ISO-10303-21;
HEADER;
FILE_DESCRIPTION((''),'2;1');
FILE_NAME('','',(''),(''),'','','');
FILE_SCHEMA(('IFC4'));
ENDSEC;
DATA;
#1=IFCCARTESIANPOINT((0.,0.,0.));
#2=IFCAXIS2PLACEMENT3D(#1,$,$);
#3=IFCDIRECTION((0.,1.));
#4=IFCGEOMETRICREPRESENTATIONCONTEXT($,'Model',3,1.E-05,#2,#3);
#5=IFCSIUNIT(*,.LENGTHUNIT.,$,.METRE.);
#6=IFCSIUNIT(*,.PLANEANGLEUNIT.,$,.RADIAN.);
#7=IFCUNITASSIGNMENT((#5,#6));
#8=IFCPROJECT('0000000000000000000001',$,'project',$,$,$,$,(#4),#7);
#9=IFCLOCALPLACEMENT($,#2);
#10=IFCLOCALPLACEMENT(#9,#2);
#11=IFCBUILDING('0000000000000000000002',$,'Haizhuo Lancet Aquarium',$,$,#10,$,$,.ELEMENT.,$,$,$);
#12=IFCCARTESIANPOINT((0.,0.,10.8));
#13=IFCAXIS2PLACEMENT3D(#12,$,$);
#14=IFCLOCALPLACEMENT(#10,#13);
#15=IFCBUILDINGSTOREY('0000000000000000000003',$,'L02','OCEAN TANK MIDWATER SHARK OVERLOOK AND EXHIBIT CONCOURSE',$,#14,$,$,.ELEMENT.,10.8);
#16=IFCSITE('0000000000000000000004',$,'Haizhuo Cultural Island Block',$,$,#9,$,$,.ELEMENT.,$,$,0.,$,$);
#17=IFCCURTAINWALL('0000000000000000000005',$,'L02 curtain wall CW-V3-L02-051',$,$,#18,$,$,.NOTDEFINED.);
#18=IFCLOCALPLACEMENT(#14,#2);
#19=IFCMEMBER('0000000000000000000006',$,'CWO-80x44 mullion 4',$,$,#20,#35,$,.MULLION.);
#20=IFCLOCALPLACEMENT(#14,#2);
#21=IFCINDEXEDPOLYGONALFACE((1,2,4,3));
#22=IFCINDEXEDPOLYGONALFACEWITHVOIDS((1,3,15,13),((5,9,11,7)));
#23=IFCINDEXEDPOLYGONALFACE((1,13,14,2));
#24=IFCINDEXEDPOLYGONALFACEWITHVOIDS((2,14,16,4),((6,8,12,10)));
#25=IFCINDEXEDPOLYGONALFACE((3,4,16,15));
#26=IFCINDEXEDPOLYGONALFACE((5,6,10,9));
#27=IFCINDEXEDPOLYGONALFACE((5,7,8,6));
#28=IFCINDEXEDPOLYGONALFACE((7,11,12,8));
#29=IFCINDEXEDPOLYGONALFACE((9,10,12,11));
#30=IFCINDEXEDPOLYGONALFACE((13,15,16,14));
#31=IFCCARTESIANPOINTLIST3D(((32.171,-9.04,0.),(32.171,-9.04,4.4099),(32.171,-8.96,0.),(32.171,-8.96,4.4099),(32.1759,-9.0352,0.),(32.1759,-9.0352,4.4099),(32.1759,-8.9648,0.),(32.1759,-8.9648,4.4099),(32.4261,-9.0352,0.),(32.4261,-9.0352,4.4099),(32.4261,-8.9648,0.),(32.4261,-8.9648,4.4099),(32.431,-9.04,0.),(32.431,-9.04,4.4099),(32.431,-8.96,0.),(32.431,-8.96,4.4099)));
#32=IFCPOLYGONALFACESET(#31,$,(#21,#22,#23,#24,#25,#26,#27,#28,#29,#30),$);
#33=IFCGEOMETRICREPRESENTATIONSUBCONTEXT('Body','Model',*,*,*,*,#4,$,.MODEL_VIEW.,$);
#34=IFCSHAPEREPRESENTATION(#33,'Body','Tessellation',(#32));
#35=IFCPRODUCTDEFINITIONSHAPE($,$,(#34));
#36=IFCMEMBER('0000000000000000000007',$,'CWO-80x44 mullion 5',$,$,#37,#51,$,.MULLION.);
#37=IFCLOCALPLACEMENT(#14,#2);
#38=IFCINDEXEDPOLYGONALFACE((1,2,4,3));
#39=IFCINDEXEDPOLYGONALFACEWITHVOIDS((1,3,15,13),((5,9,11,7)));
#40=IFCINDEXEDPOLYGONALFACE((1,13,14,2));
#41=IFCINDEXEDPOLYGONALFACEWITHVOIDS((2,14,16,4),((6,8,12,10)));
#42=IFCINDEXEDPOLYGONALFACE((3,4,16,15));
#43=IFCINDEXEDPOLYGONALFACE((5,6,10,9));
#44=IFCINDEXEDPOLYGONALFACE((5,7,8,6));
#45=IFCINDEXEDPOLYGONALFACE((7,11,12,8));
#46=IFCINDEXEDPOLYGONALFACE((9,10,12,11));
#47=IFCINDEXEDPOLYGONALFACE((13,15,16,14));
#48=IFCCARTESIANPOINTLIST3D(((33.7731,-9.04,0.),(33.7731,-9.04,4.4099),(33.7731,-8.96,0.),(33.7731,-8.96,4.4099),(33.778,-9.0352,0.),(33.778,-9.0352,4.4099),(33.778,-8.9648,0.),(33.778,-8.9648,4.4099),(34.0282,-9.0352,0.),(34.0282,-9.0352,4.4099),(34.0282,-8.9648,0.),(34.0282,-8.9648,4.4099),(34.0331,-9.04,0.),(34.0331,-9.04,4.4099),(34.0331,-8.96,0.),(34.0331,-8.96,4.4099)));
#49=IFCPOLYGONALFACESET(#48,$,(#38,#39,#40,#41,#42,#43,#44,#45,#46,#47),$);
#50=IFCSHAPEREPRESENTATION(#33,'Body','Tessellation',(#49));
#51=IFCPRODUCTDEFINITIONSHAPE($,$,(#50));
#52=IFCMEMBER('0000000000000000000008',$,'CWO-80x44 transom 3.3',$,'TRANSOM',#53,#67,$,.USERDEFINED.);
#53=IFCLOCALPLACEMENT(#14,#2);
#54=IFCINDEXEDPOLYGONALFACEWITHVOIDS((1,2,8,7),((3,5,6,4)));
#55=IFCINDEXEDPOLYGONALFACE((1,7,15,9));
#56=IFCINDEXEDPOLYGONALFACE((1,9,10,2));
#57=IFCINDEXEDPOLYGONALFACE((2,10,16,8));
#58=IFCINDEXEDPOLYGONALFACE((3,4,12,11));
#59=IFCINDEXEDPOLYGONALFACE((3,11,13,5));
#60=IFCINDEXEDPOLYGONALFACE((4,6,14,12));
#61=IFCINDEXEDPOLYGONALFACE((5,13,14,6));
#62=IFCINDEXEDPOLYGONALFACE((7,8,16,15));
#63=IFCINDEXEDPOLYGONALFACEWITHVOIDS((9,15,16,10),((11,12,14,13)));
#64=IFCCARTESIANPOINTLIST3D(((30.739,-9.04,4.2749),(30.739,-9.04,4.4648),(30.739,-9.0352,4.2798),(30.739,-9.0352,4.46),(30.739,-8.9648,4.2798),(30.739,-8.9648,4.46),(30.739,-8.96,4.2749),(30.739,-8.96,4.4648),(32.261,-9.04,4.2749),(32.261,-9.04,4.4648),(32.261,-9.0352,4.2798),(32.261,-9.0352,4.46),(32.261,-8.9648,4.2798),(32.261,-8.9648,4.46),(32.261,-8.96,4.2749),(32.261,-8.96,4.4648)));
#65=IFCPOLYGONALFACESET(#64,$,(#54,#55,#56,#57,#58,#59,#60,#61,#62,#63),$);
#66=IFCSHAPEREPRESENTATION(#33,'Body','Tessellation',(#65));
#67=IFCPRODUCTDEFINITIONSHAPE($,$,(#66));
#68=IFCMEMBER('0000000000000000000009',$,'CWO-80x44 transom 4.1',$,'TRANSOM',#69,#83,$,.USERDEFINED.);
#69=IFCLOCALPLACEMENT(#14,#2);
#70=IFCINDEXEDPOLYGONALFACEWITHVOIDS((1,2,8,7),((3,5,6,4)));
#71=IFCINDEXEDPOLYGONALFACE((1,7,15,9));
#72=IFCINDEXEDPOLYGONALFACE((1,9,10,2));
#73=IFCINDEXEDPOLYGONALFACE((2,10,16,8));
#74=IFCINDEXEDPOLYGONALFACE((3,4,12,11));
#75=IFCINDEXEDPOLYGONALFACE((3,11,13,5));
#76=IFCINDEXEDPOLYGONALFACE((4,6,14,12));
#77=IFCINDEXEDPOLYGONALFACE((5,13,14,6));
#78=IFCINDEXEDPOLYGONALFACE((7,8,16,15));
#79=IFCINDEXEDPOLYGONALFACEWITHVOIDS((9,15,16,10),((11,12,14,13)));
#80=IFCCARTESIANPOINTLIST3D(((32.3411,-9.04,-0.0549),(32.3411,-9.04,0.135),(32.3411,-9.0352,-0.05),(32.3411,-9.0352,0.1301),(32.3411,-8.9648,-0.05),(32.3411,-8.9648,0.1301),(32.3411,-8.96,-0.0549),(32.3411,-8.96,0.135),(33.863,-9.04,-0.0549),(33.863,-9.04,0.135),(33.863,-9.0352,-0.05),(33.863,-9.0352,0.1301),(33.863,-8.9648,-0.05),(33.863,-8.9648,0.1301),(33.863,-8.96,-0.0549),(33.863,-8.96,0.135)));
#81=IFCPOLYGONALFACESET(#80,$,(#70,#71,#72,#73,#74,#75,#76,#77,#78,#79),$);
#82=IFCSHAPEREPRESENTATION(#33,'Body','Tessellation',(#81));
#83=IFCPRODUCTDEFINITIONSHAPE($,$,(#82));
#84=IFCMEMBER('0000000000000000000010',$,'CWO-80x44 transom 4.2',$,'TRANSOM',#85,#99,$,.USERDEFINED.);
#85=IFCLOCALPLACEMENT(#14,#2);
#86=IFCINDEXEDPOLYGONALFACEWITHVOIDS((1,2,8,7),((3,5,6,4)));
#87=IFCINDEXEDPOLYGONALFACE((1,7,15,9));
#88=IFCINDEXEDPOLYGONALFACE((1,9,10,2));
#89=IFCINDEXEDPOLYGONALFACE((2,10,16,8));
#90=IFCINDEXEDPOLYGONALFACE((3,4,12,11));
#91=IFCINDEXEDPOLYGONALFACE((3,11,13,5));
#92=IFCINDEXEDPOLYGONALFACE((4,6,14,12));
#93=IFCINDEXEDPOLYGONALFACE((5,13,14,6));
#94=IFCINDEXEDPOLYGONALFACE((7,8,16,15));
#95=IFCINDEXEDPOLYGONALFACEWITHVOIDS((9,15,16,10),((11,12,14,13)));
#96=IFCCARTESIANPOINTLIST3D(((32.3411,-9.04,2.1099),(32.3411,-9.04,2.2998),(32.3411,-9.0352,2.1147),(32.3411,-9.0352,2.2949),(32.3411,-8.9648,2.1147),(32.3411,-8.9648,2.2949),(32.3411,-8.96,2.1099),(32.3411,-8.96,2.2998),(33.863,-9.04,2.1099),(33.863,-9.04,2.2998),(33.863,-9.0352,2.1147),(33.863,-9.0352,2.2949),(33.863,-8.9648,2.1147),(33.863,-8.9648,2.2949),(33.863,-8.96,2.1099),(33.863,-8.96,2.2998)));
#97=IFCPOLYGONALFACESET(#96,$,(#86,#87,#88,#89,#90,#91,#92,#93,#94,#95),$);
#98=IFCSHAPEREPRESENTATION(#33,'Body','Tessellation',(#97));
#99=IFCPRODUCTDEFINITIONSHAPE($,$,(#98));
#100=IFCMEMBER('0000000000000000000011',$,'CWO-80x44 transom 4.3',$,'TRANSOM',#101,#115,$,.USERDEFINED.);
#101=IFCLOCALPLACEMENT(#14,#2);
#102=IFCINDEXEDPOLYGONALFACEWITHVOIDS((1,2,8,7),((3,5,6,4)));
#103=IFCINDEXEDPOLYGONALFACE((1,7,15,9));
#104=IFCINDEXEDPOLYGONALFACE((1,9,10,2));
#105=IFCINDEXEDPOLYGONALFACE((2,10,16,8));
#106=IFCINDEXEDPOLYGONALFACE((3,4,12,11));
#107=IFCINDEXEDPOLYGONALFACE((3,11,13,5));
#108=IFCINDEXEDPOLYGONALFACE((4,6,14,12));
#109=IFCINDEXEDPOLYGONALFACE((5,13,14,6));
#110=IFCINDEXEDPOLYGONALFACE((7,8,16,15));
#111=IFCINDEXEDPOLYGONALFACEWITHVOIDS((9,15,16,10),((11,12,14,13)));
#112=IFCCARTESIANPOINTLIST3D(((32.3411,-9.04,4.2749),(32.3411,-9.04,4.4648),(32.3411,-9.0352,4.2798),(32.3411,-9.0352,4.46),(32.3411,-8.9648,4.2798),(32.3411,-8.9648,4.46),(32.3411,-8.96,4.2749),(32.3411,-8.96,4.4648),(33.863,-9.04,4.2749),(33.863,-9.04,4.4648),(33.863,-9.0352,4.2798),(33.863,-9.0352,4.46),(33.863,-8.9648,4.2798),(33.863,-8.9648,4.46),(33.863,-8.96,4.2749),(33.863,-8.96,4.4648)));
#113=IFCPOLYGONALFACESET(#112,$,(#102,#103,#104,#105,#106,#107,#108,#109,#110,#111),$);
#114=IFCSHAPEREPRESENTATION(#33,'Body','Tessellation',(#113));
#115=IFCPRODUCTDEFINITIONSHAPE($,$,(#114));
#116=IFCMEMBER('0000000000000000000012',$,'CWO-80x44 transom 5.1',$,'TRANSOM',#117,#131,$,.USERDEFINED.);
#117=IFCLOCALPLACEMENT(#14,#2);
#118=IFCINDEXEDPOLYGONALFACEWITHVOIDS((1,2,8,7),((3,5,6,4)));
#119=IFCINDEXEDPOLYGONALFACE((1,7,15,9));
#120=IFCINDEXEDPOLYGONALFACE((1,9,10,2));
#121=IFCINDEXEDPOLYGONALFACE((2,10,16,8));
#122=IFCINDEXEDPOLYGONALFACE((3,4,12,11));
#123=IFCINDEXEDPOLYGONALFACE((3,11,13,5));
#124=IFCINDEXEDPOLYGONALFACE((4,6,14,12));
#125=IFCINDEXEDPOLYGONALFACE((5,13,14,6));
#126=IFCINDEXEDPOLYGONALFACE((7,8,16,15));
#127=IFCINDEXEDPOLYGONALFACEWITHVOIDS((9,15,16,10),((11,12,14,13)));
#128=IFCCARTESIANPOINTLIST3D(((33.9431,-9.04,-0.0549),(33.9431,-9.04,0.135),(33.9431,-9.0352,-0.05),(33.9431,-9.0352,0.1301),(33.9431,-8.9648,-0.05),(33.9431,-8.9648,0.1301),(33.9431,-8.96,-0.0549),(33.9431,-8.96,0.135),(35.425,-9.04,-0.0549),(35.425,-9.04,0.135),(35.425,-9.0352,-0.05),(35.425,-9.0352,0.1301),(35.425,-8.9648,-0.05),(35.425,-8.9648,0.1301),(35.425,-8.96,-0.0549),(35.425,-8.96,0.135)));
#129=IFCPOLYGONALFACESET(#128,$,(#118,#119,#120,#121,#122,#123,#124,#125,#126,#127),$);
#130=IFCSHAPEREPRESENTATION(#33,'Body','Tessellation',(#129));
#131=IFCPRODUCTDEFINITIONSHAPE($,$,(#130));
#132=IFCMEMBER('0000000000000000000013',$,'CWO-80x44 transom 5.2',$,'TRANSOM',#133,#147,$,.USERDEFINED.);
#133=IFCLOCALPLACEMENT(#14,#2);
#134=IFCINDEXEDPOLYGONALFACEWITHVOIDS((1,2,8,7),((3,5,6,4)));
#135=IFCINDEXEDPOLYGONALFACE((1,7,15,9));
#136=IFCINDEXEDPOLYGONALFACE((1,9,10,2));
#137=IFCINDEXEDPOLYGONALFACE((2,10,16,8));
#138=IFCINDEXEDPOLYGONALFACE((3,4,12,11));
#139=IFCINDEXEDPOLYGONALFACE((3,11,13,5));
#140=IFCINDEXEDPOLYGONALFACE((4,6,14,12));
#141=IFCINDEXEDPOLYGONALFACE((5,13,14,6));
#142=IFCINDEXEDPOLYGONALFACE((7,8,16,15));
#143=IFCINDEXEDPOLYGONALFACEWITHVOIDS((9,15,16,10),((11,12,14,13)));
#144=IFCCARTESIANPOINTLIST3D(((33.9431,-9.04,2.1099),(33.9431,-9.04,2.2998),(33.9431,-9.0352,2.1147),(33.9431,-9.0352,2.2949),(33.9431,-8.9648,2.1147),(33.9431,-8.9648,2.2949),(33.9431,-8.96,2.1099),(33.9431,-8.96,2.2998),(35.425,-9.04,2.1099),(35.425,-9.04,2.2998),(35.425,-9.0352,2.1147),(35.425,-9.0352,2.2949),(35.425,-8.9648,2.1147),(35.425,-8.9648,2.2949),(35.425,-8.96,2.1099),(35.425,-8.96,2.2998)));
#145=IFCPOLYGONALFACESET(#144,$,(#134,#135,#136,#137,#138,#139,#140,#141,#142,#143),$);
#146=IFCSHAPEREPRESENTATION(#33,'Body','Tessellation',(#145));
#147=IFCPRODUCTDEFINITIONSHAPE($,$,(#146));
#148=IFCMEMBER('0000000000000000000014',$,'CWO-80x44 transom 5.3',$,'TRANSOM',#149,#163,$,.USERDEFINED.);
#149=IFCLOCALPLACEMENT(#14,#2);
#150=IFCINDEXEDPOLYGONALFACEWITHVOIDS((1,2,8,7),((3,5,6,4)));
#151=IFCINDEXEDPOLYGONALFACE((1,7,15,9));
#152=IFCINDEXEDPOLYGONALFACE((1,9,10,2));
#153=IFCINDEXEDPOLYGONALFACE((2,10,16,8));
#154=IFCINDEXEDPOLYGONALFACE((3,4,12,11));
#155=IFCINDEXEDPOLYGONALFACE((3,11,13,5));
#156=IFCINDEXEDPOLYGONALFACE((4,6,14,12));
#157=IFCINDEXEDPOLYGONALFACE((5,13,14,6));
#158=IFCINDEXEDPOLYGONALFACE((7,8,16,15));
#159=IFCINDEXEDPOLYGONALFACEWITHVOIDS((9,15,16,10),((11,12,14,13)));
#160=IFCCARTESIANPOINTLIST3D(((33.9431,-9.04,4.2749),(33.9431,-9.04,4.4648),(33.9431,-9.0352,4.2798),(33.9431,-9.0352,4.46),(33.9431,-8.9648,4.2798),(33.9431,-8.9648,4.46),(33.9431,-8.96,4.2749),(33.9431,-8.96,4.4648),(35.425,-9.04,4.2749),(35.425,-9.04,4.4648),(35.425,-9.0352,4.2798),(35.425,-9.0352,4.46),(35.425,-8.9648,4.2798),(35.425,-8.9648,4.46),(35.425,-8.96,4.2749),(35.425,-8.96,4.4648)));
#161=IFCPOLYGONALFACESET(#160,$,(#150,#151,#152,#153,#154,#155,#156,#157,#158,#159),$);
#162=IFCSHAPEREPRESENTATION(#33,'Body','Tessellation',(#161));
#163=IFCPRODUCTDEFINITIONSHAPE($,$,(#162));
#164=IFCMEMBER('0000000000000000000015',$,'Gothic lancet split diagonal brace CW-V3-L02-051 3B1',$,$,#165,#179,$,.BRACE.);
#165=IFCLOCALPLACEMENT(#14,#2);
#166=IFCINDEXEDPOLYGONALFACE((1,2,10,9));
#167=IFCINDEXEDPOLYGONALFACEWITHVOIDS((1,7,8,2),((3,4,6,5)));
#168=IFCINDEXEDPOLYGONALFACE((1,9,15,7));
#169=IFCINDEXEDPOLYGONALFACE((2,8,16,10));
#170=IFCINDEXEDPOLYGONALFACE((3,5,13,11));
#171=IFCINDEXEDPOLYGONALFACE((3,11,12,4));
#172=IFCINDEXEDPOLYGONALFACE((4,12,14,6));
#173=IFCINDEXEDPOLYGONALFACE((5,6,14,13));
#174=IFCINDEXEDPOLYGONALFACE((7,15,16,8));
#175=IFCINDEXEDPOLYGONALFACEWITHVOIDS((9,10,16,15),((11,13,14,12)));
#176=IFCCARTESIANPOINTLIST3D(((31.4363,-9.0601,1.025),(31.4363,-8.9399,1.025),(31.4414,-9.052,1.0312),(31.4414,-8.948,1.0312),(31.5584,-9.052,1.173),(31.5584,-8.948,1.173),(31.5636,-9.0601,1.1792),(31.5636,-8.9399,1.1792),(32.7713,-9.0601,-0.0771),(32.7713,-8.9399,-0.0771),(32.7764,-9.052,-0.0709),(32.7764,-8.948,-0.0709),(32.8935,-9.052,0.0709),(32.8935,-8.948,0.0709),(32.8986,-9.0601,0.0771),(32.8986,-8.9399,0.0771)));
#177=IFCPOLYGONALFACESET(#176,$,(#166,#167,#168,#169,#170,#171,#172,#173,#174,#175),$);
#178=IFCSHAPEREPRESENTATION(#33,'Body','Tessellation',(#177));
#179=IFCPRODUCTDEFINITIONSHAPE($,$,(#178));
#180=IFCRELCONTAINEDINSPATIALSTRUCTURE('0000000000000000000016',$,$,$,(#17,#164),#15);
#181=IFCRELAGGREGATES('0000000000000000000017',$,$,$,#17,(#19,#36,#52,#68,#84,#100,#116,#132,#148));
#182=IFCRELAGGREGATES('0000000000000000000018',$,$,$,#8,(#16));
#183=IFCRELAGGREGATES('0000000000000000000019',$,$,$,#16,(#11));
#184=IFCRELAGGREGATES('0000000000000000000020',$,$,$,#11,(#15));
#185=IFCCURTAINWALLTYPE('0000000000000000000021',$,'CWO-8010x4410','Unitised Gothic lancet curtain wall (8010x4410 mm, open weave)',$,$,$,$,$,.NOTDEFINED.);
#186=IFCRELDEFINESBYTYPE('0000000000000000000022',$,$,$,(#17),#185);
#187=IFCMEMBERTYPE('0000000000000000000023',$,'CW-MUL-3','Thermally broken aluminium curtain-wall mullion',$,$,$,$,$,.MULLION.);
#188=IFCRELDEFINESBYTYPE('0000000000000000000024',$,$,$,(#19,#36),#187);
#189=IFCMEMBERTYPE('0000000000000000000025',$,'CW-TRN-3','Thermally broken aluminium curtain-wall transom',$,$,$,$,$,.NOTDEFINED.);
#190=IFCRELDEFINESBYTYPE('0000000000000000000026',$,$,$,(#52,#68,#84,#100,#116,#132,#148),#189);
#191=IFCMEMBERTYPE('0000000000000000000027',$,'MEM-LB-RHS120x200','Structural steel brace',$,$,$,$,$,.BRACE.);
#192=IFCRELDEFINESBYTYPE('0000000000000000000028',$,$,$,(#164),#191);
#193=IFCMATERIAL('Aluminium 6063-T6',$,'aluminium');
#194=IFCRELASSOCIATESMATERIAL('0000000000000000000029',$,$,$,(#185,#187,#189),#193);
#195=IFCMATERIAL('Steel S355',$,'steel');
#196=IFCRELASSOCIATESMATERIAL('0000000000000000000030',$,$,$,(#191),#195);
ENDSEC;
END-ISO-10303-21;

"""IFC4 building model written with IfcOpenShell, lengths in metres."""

from ifc_helpers import new_model, si_unit, direction, frame, origin, origin_2d, place, context, subcontext, project, spatial, hollow_rectangle, extrude, material, material_profile, profile_set, type_object, element, aggregate, save


model = new_model("IFC4")

# Units and contexts
model_context = context("Model", 3, precision=1e-05, world=origin(), true_north=direction((0.0, 1.0)))
body_context = subcontext(model_context, "Body", "Model", "MODEL_VIEW")
ifc_project = project(units=[si_unit("LENGTHUNIT", "METRE"), si_unit("PLANEANGLEUNIT", "RADIAN")], contexts=[model_context])

# Site, building, storey
site_placement = place(None, origin())
site = spatial("IfcSite", under=ifc_project, at=site_placement, Name="Haizhuo Cultural Island Block", CompositionType="ELEMENT", RefElevation=0.0)
building_placement = place(site_placement, origin())
building = spatial("IfcBuilding", under=site, at=building_placement, Name="Haizhuo Lancet Aquarium", CompositionType="ELEMENT")
storey_placement = place(building_placement, frame((0.0, 0.0, 10.8)))
storey = spatial("IfcBuildingStorey", under=building, at=storey_placement, Name="L02", Description="OCEAN TANK MIDWATER SHARK OVERLOOK AND EXHIBIT CONCOURSE", CompositionType="ELEMENT", Elevation=10.8)

# Curtain wall, members
ifc_material_1 = material(Name="Aluminium 6063-T6", Category="aluminium")
curtain_wall_type = type_object("IfcCurtainWallType", Name="CWO-8010x4410", Description="Unitised Gothic lancet curtain wall (8010x4410 mm, open weave)", PredefinedType="NOTDEFINED", material=ifc_material_1)
curtain_wall_placement = place(storey_placement, origin())
curtain_wall = element("IfcCurtainWall", 1, at=curtain_wall_placement, inside=storey, type_object=curtain_wall_type, Name="L02 curtain wall CW-V3-L02-051", PredefinedType="NOTDEFINED")
ifc_material_profile_1 = material_profile(ifc_material_1, hollow_rectangle(XDim=0.0801, YDim=0.26, WallThickness=0.0049, at=origin_2d()), Name="ALU-M 80x260x5")
ifc_profile_set_1 = profile_set([ifc_material_profile_1], Name="Aluminium 6063-T6")
member_type_1 = type_object("IfcMemberType", Name="CW-MUL-3", Description="Thermally broken aluminium curtain-wall mullion", PredefinedType="MULLION", material=ifc_profile_set_1)
member_1_placement = place(storey_placement, frame((32.301, -9.0, 0.0), z_axis=(0.0, 0.0, 1.0), x_axis=(0.0, 1.0, 0.0)))
member_1 = element("IfcMember", 2, at=member_1_placement, type_object=member_type_1, Name="CWO-80x44 mullion 4", PredefinedType="MULLION", context=body_context, shape_type="SweptSolid", body=[
    extrude(hollow_rectangle(XDim=0.0801, YDim=0.26, WallThickness=0.0049, at=origin_2d()), origin(), (0.0, 0.0, 1.0), 4.4099),
])
member_2_placement = place(storey_placement, frame((33.9031, -9.0, 0.0), z_axis=(0.0, 0.0, 1.0), x_axis=(0.0, 1.0, 0.0)))
member_2 = element("IfcMember", 3, at=member_2_placement, type_object=member_type_1, Name="CWO-80x44 mullion 5", PredefinedType="MULLION", context=body_context, shape_type="SweptSolid", body=[
    extrude(hollow_rectangle(XDim=0.0801, YDim=0.26, WallThickness=0.0049, at=origin_2d()), origin(), (0.0, 0.0, 1.0), 4.4099),
])
ifc_material_profile_2 = material_profile(ifc_material_1, hollow_rectangle(XDim=0.0801, YDim=0.1899, WallThickness=0.0049, at=origin_2d()), Name="ALU-T 80x190x5")
ifc_profile_set_2 = profile_set([ifc_material_profile_2], Name="Aluminium 6063-T6")
member_type_2 = type_object("IfcMemberType", Name="CW-TRN-3", Description="Thermally broken aluminium curtain-wall transom", PredefinedType="NOTDEFINED", material=ifc_profile_set_2)
member_3_placement = place(storey_placement, frame((30.739, -9.0, 4.3699), z_axis=(1.0, 0.0, 0.0), x_axis=(0.0, 1.0, 0.0)))
member_3 = element("IfcMember", 4, at=member_3_placement, type_object=member_type_2, Name="CWO-80x44 transom 3.3", ObjectType="TRANSOM", PredefinedType="USERDEFINED", context=body_context, shape_type="SweptSolid", body=[
    extrude(hollow_rectangle(XDim=0.0801, YDim=0.1899, WallThickness=0.0049, at=origin_2d()), origin(), (0.0, 0.0, 1.0), 1.522),
])
member_4_placement = place(storey_placement, frame((32.3411, -9.0, 0.04), z_axis=(1.0, 0.0, 0.0), x_axis=(0.0, 1.0, 0.0)))
member_4 = element("IfcMember", 5, at=member_4_placement, type_object=member_type_2, Name="CWO-80x44 transom 4.1", ObjectType="TRANSOM", PredefinedType="USERDEFINED", context=body_context, shape_type="SweptSolid", body=[
    extrude(hollow_rectangle(XDim=0.0801, YDim=0.1899, WallThickness=0.0049, at=origin_2d()), origin(), (0.0, 0.0, 1.0), 1.522),
])
member_5_placement = place(storey_placement, frame((32.3411, -9.0, 2.2048), z_axis=(1.0, 0.0, 0.0), x_axis=(0.0, 1.0, 0.0)))
member_5 = element("IfcMember", 6, at=member_5_placement, type_object=member_type_2, Name="CWO-80x44 transom 4.2", ObjectType="TRANSOM", PredefinedType="USERDEFINED", context=body_context, shape_type="SweptSolid", body=[
    extrude(hollow_rectangle(XDim=0.0801, YDim=0.1899, WallThickness=0.0049, at=origin_2d()), origin(), (0.0, 0.0, 1.0), 1.522),
])
member_6_placement = place(storey_placement, frame((32.3411, -9.0, 4.3699), z_axis=(1.0, 0.0, 0.0), x_axis=(0.0, 1.0, 0.0)))
member_6 = element("IfcMember", 7, at=member_6_placement, type_object=member_type_2, Name="CWO-80x44 transom 4.3", ObjectType="TRANSOM", PredefinedType="USERDEFINED", context=body_context, shape_type="SweptSolid", body=[
    extrude(hollow_rectangle(XDim=0.0801, YDim=0.1899, WallThickness=0.0049, at=origin_2d()), origin(), (0.0, 0.0, 1.0), 1.522),
])
member_7_placement = place(storey_placement, frame((33.9431, -9.0, 0.04), z_axis=(1.0, 0.0, 0.0), x_axis=(0.0, 1.0, 0.0)))
member_7 = element("IfcMember", 8, at=member_7_placement, type_object=member_type_2, Name="CWO-80x44 transom 5.1", ObjectType="TRANSOM", PredefinedType="USERDEFINED", context=body_context, shape_type="SweptSolid", body=[
    extrude(hollow_rectangle(XDim=0.0801, YDim=0.1899, WallThickness=0.0049, at=origin_2d()), origin(), (0.0, 0.0, 1.0), 1.4819),
])
member_8_placement = place(storey_placement, frame((33.9431, -9.0, 2.2048), z_axis=(1.0, 0.0, 0.0), x_axis=(0.0, 1.0, 0.0)))
member_8 = element("IfcMember", 9, at=member_8_placement, type_object=member_type_2, Name="CWO-80x44 transom 5.2", ObjectType="TRANSOM", PredefinedType="USERDEFINED", context=body_context, shape_type="SweptSolid", body=[
    extrude(hollow_rectangle(XDim=0.0801, YDim=0.1899, WallThickness=0.0049, at=origin_2d()), origin(), (0.0, 0.0, 1.0), 1.4819),
])
member_9_placement = place(storey_placement, frame((33.9431, -9.0, 4.3699), z_axis=(1.0, 0.0, 0.0), x_axis=(0.0, 1.0, 0.0)))
member_9 = element("IfcMember", 10, at=member_9_placement, type_object=member_type_2, Name="CWO-80x44 transom 5.3", ObjectType="TRANSOM", PredefinedType="USERDEFINED", context=body_context, shape_type="SweptSolid", body=[
    extrude(hollow_rectangle(XDim=0.0801, YDim=0.1899, WallThickness=0.0049, at=origin_2d()), origin(), (0.0, 0.0, 1.0), 1.4819),
])

# Member
ifc_material_2 = material(Name="Steel S355", Category="steel")
ifc_material_profile_3 = material_profile(ifc_material_2, hollow_rectangle(XDim=0.1201, YDim=0.2, WallThickness=0.0081, at=origin_2d()), Name="RHS 120x200x8")
ifc_profile_set_3 = profile_set([ifc_material_profile_3], Name="Steel S355")
member_type_3 = type_object("IfcMemberType", Name="MEM-LB-RHS120x200", Description="Structural steel brace", PredefinedType="BRACE", material=ifc_profile_set_3)
member_10_placement = place(storey_placement, frame((32.835, -9.0, 0.0), z_axis=(-0.771172, 0.0, 0.636626), x_axis=(0.0, -1.0, 0.0)))
element("IfcMember", 11, at=member_10_placement, inside=storey, type_object=member_type_3, Name="Gothic lancet split diagonal brace CW-V3-L02-051 3B1", PredefinedType="BRACE", context=body_context, shape_type="SweptSolid", body=[
    extrude(hollow_rectangle(XDim=0.1201, YDim=0.2, WallThickness=0.0081, at=origin_2d()), origin(), (0.0, 0.0, 1.0), 1.7312),
])

aggregate(curtain_wall, [member_1, member_2, member_3, member_4, member_5, member_6, member_7, member_8, member_9])

save(model, "model.ifc")
